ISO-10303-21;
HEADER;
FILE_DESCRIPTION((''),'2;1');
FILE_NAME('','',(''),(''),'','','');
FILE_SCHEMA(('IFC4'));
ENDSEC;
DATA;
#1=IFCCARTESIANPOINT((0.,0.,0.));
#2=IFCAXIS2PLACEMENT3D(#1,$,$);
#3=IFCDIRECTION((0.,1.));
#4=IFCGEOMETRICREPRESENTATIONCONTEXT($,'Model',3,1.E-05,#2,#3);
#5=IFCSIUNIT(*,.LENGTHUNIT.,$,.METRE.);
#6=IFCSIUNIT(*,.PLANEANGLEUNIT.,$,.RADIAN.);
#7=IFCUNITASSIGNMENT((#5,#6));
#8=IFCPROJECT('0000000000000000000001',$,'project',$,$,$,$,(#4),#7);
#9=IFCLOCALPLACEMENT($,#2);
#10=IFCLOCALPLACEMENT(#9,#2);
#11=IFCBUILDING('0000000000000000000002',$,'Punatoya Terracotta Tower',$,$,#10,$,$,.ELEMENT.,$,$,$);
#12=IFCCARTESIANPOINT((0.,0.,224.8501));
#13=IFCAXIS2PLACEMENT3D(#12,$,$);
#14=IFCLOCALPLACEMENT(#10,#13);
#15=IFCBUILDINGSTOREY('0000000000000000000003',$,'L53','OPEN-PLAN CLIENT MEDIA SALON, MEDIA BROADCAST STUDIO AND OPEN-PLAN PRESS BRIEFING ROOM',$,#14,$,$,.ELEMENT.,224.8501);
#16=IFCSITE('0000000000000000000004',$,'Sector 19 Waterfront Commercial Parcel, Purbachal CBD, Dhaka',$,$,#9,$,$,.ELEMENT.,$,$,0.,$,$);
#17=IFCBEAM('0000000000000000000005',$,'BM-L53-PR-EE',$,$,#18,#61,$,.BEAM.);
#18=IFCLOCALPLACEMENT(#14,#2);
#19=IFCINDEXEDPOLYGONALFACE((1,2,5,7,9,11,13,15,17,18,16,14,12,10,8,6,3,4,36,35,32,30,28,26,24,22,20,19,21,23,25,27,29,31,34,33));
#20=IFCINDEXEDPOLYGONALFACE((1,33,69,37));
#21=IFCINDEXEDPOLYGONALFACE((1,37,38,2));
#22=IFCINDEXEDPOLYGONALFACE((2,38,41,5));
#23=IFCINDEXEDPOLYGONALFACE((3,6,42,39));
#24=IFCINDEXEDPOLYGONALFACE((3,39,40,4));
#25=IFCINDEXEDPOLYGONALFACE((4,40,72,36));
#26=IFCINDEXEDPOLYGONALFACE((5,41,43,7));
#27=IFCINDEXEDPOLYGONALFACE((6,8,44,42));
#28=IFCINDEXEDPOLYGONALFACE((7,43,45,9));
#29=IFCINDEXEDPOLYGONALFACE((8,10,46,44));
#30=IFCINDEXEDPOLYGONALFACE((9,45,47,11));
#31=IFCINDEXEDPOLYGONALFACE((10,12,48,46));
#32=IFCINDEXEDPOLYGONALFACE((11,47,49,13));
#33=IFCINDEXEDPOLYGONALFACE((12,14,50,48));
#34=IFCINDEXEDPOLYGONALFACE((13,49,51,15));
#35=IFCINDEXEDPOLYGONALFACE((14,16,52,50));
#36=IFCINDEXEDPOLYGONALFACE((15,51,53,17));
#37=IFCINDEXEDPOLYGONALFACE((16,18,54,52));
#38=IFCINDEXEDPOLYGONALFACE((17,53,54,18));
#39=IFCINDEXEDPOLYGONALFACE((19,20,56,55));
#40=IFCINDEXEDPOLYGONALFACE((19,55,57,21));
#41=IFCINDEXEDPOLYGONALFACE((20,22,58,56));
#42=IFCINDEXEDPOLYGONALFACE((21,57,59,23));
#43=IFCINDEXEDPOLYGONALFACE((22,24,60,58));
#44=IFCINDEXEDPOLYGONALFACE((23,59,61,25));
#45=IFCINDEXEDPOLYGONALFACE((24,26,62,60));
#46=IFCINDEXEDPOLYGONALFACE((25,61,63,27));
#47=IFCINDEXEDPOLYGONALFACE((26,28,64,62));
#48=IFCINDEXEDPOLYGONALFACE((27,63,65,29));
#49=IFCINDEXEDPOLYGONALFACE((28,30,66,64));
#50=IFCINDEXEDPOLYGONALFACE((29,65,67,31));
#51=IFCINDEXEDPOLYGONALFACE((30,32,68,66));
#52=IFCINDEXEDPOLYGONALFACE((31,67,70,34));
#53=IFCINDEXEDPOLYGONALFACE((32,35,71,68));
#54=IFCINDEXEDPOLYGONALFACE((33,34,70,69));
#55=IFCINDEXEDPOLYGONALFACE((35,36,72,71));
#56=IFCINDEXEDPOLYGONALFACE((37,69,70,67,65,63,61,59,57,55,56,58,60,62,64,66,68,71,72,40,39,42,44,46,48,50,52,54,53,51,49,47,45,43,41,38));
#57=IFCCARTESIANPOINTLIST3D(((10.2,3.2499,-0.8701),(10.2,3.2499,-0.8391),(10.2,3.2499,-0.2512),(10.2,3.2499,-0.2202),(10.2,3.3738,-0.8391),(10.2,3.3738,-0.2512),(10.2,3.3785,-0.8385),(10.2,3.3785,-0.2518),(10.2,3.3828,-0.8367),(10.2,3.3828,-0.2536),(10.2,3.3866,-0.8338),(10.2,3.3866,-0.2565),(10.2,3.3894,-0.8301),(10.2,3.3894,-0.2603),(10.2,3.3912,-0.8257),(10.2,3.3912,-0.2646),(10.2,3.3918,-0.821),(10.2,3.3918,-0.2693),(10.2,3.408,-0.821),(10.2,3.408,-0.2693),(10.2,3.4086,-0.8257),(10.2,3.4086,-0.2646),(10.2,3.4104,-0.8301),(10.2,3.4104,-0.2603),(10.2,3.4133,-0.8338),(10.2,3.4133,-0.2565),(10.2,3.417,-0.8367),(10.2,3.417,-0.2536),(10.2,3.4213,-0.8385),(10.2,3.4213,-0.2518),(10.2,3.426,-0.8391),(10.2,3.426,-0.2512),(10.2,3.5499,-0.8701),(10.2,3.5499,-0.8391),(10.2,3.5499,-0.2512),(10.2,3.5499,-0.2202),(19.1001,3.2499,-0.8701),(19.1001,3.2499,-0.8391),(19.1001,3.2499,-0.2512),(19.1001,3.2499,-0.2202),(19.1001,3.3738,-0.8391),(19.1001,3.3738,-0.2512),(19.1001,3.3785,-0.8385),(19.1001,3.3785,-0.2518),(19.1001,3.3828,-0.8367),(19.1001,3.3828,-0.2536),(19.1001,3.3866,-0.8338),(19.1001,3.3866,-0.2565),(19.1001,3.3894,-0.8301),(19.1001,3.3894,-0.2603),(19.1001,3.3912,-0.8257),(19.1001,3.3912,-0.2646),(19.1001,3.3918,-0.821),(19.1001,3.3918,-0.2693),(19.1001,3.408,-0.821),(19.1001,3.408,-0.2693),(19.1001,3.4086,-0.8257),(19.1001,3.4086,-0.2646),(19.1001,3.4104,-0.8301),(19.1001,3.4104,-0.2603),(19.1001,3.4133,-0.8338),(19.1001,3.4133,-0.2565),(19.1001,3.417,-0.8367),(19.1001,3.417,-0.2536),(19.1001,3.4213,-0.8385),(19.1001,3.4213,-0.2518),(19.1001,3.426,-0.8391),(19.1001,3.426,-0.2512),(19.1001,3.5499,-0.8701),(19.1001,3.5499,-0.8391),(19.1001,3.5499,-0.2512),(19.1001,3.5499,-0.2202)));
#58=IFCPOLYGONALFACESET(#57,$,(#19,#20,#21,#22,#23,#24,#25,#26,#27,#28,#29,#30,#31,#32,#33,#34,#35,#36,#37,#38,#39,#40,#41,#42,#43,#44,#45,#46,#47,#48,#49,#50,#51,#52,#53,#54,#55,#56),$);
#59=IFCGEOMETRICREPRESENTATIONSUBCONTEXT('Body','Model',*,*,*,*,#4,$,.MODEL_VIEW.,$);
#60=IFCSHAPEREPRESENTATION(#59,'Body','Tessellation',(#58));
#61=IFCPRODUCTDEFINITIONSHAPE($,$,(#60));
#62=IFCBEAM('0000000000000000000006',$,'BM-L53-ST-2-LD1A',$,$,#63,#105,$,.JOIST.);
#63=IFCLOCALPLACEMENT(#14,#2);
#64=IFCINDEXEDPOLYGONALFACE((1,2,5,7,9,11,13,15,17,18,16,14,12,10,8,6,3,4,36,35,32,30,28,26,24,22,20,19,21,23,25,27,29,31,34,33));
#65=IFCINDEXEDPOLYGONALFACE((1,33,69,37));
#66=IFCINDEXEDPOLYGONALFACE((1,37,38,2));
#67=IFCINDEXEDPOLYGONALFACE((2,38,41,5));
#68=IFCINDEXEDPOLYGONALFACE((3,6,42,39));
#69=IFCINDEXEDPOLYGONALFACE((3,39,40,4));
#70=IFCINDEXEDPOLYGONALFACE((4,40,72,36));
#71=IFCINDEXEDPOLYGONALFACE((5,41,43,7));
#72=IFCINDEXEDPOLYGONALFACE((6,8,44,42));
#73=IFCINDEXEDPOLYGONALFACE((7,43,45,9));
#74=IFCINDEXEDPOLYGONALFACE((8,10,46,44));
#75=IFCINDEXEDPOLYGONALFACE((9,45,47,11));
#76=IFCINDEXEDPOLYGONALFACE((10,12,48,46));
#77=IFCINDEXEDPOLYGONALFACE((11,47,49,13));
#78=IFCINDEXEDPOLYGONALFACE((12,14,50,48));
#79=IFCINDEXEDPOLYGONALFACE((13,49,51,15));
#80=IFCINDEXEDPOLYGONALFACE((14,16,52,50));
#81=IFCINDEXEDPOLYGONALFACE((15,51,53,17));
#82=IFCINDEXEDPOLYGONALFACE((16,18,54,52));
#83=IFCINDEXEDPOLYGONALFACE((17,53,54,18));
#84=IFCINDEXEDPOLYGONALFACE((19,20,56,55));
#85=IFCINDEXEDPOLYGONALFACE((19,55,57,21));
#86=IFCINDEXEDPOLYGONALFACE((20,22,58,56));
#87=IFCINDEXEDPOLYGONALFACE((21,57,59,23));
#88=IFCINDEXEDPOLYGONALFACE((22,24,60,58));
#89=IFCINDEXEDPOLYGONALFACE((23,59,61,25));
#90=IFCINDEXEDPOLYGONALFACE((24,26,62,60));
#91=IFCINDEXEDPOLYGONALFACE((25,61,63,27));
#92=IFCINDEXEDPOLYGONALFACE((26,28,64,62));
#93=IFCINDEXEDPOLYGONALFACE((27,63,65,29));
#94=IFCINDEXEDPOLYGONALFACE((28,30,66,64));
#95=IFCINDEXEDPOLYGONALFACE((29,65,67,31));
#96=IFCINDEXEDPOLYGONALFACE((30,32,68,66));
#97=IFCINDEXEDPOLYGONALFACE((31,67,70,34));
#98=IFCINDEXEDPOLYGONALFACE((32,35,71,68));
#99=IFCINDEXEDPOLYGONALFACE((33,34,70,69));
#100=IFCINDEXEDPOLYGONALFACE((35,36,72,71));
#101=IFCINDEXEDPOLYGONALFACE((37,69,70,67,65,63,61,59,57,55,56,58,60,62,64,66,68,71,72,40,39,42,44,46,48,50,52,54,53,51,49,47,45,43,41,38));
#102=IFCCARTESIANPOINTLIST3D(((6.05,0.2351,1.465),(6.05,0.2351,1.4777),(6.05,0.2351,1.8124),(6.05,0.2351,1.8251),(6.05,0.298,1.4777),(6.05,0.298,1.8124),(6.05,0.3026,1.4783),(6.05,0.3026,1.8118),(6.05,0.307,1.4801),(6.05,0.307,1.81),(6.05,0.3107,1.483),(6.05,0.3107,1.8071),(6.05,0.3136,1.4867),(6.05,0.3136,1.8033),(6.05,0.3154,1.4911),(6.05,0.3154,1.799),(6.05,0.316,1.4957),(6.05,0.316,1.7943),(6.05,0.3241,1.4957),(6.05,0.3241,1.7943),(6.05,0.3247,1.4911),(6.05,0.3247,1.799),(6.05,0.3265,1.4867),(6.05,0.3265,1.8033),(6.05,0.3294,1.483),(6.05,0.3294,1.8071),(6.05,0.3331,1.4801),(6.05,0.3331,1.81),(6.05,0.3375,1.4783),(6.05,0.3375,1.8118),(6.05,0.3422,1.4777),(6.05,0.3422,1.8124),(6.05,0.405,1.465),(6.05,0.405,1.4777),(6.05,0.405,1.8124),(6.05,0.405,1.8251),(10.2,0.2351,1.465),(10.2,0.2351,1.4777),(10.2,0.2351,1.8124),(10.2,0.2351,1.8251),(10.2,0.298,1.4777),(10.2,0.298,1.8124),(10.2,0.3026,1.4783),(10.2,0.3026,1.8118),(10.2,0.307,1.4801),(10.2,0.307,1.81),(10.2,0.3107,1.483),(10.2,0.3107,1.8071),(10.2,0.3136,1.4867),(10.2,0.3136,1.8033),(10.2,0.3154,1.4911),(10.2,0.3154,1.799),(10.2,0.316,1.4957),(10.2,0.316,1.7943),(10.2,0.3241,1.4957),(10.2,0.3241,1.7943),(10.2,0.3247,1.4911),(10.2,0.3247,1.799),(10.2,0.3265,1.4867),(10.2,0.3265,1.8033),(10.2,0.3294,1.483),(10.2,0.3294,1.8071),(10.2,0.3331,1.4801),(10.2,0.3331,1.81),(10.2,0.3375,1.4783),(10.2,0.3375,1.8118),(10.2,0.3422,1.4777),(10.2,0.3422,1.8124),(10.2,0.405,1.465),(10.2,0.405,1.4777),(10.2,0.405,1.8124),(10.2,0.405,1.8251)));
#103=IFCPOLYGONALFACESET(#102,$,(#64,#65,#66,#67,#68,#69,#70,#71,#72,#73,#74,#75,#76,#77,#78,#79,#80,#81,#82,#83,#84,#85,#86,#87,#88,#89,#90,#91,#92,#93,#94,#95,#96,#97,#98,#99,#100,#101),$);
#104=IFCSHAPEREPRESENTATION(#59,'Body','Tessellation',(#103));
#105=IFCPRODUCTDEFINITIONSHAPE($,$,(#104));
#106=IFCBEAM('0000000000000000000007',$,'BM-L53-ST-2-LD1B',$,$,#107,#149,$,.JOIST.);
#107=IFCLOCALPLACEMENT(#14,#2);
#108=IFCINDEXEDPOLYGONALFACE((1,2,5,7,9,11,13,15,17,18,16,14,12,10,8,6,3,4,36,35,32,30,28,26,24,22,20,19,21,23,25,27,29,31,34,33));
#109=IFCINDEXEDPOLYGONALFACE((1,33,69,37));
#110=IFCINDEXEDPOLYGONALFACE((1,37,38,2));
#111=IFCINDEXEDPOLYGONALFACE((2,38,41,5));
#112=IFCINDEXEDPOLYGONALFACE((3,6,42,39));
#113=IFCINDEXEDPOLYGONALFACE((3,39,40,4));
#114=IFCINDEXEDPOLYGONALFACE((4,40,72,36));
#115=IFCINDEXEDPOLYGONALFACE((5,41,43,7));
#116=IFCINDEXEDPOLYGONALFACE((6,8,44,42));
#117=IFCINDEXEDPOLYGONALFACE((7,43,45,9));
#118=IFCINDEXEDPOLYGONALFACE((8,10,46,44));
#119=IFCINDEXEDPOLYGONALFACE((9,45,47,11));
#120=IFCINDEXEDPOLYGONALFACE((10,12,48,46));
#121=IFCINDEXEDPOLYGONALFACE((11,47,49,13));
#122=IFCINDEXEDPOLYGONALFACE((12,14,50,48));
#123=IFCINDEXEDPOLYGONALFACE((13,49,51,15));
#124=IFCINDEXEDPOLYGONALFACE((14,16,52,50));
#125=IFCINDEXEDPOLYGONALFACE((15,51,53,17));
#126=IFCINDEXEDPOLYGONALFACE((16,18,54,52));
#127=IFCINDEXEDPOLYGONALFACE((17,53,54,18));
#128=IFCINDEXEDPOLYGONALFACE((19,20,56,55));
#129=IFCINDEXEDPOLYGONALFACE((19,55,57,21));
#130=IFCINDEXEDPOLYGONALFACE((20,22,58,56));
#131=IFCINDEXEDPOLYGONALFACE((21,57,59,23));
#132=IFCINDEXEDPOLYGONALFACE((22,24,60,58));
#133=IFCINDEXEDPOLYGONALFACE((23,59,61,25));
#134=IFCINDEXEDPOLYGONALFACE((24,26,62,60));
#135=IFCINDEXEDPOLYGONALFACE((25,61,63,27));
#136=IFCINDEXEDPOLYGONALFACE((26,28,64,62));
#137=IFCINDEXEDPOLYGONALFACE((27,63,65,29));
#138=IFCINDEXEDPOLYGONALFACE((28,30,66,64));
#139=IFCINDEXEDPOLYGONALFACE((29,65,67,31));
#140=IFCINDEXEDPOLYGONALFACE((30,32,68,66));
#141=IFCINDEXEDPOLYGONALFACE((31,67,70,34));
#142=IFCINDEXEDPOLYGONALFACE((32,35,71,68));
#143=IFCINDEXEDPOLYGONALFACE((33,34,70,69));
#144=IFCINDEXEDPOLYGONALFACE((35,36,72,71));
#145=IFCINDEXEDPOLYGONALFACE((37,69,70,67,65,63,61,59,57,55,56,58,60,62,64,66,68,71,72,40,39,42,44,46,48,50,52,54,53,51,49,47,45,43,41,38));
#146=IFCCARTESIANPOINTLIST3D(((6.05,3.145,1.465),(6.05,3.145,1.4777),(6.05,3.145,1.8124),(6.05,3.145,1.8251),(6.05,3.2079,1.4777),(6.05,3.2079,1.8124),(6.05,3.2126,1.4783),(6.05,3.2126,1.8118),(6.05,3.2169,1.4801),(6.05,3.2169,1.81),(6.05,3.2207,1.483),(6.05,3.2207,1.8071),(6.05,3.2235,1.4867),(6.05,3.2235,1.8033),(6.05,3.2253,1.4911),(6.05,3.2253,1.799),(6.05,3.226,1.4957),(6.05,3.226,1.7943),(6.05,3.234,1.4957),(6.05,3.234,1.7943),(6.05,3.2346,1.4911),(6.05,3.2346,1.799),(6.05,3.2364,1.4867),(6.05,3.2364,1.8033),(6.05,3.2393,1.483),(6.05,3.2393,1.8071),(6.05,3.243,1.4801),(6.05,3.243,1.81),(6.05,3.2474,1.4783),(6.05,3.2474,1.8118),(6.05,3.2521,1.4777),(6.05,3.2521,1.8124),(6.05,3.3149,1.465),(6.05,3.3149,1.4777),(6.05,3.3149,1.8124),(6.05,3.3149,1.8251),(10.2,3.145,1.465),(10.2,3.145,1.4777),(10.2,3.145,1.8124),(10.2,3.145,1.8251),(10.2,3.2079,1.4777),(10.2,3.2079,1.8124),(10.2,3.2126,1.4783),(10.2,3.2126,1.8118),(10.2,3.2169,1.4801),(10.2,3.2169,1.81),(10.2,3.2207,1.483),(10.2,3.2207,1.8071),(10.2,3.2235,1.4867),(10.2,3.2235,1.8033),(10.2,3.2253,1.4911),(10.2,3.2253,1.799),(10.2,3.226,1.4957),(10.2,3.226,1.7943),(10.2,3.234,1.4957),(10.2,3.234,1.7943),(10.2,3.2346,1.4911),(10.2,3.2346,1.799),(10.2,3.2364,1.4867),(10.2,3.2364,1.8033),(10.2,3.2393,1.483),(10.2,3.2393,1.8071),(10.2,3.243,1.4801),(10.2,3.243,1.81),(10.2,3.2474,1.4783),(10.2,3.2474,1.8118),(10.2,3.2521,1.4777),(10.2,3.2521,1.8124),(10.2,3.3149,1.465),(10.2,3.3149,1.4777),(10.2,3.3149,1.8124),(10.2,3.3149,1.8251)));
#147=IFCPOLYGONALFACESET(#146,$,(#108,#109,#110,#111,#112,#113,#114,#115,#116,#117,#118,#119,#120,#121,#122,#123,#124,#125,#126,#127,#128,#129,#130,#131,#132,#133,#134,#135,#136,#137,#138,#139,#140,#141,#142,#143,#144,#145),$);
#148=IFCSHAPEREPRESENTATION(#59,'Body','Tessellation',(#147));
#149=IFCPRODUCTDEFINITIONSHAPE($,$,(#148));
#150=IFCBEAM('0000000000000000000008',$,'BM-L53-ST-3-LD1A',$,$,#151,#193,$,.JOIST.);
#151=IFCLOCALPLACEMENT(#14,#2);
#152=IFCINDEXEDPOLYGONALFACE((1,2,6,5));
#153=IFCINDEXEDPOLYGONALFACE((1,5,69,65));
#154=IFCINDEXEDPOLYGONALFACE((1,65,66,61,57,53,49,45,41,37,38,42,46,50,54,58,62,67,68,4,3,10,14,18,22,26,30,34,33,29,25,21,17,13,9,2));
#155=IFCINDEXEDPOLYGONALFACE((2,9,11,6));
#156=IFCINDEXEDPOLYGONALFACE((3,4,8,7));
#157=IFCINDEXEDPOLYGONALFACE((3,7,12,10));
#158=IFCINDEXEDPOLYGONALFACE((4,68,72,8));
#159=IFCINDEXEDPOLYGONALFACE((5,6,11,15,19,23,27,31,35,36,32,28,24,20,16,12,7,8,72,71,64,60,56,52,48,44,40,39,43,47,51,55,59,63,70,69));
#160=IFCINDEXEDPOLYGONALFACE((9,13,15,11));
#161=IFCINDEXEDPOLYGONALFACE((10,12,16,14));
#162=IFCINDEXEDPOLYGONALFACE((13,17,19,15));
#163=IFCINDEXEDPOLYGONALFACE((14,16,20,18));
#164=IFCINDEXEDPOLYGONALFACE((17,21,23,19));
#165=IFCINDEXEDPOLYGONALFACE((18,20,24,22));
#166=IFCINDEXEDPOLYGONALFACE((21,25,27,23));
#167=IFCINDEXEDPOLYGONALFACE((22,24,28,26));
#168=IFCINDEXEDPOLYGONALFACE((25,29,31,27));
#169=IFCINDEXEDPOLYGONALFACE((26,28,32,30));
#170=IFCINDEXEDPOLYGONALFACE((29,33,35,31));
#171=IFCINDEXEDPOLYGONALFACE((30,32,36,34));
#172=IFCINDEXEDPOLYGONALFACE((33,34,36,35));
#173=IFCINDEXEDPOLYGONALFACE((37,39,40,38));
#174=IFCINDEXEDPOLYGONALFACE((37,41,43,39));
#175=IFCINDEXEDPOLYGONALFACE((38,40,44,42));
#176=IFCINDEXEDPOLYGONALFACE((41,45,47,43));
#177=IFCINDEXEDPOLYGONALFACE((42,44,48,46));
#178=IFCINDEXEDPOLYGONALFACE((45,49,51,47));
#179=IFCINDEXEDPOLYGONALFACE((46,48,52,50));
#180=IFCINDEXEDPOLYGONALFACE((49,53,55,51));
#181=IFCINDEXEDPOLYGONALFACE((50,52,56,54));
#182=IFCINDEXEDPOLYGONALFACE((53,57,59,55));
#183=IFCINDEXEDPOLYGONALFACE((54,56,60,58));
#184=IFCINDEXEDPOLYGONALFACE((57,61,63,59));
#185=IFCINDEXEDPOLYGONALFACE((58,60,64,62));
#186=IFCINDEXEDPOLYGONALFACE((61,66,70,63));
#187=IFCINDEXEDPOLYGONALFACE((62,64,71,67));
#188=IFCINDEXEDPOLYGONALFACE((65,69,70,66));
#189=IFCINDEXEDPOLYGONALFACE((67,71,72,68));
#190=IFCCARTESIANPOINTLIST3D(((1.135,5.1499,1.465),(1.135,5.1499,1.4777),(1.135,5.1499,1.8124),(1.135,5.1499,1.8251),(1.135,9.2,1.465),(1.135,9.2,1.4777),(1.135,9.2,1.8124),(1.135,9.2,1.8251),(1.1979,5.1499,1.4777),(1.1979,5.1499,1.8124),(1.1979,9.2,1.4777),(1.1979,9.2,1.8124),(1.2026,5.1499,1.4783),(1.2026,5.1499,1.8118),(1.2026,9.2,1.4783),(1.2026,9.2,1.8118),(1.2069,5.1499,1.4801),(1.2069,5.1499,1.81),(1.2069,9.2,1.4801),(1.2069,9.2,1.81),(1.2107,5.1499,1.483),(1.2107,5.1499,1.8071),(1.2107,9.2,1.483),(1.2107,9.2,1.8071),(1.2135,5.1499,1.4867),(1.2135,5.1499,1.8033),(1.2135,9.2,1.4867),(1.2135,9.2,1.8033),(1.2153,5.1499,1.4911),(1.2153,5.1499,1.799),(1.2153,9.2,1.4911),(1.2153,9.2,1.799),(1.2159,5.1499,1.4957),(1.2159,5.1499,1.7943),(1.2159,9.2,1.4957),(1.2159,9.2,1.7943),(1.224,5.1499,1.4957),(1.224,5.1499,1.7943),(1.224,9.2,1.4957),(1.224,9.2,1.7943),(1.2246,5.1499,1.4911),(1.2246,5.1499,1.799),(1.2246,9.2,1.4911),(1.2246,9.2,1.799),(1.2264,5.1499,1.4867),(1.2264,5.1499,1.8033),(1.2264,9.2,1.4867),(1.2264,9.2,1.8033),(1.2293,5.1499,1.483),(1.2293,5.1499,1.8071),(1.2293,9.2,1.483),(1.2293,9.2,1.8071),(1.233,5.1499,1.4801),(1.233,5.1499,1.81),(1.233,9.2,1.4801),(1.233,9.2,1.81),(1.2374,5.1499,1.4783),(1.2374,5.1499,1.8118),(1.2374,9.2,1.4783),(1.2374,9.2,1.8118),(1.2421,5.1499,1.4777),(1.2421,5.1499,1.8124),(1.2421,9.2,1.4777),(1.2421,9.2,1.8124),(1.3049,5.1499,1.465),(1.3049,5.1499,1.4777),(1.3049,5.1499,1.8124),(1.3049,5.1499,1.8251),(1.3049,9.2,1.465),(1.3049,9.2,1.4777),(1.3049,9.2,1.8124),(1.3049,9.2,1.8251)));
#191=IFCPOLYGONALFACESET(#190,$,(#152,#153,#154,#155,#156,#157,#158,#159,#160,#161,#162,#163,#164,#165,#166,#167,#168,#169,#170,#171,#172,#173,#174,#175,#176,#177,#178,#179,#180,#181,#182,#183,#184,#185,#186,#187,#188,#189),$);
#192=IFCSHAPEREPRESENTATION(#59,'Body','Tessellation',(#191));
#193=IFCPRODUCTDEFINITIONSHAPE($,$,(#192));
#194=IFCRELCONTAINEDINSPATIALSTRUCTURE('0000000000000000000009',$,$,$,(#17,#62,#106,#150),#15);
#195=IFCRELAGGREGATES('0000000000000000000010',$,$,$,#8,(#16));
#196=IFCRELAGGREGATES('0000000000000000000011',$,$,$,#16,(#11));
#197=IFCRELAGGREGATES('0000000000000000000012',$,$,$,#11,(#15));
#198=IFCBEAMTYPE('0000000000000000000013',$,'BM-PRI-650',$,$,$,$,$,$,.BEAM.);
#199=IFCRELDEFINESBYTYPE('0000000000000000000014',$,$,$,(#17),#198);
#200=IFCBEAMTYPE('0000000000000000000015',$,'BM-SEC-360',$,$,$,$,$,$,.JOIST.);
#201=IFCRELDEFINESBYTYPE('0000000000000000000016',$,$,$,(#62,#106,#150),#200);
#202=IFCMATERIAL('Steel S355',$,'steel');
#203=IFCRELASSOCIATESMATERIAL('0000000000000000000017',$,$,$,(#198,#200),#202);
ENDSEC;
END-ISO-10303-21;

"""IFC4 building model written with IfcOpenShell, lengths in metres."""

from ifc_helpers import new_model, si_unit, direction, frame, origin, origin_2d, place, context, subcontext, project, spatial, i_section, extrude, material, material_profile, profile_set, type_object, element, save


model = new_model("IFC4")

# Units and contexts
model_context = context("Model", 3, precision=1e-05, world=origin(), true_north=direction((0.0, 1.0)))
body_context = subcontext(model_context, "Body", "Model", "MODEL_VIEW")
ifc_project = project(units=[si_unit("LENGTHUNIT", "METRE"), si_unit("PLANEANGLEUNIT", "RADIAN")], contexts=[model_context])

# Site, building, storey
site_placement = place(None, origin())
site = spatial("IfcSite", under=ifc_project, at=site_placement, Name="Sector 19 Waterfront Commercial Parcel, Purbachal CBD, Dhaka", CompositionType="ELEMENT", RefElevation=0.0)
building_placement = place(site_placement, origin())
building = spatial("IfcBuilding", under=site, at=building_placement, Name="Punatoya Terracotta Tower", CompositionType="ELEMENT")
storey_placement = place(building_placement, frame((0.0, 0.0, 224.8501)))
storey = spatial("IfcBuildingStorey", under=building, at=storey_placement, Name="L53", Description="OPEN-PLAN CLIENT MEDIA SALON, MEDIA BROADCAST STUDIO AND OPEN-PLAN PRESS BRIEFING ROOM", CompositionType="ELEMENT", Elevation=224.8501)

# Beams
ifc_material_1 = material(Name="Steel S355", Category="steel")
ifc_material_profile_1 = material_profile(ifc_material_1, i_section(OverallWidth=0.3, OverallDepth=0.6499, WebThickness=0.0161, FlangeThickness=0.031, FilletRadius=0.0181, at=origin_2d()))
ifc_profile_set_1 = profile_set([ifc_material_profile_1], Name="Steel S355")
beam_type_1 = type_object("IfcBeamType", Name="BM-PRI-650", PredefinedType="BEAM", material=ifc_profile_set_1)
beam_placement = place(storey_placement, frame((10.2, 3.3999, -0.5452), z_axis=(1.0, 0.0, 0.0), x_axis=(0.0, 1.0, 0.0)))
element("IfcBeam", 1, at=beam_placement, inside=storey, type_object=beam_type_1, Name="BM-L53-PR-EE", PredefinedType="BEAM", context=body_context, shape_type="SweptSolid", body=[
    extrude(i_section(OverallWidth=0.3, OverallDepth=0.6499, WebThickness=0.0161, FlangeThickness=0.031, FilletRadius=0.0181, at=origin_2d()), origin(), (0.0, 0.0, 1.0), 8.9001),
])
ifc_material_profile_2 = material_profile(ifc_material_1, i_section(OverallWidth=0.1699, OverallDepth=0.3601, WebThickness=0.0081, FlangeThickness=0.0127, FilletRadius=0.0181, at=origin_2d()))
ifc_profile_set_2 = profile_set([ifc_material_profile_2], Name="Steel S355")
beam_type_2 = type_object("IfcBeamType", Name="BM-SEC-360", PredefinedType="JOIST", material=ifc_profile_set_2)
for number, where, z_axis, x_axis, name in (
    (2, (6.05, 0.3201, 1.645), (1.0, 0.0, 0.0), (0.0, 1.0, 0.0), "BM-L53-ST-2-LD1A"),
    (3, (6.05, 3.23, 1.645), (1.0, 0.0, 0.0), (0.0, 1.0, 0.0), "BM-L53-ST-2-LD1B"),
):
    element("IfcBeam", number, at=place(storey_placement, frame(where, z_axis=z_axis, x_axis=x_axis)), inside=storey, type_object=beam_type_2, Name=name, PredefinedType="JOIST", context=body_context, shape_type="SweptSolid", body=[
        extrude(i_section(OverallWidth=0.1699, OverallDepth=0.3601, WebThickness=0.0081, FlangeThickness=0.0127, FilletRadius=0.0181, at=origin_2d()), origin(), (0.0, 0.0, 1.0), 4.1499),
    ])
for number, where, z_axis, x_axis, name in (
    (4, (1.22, 5.1499, 1.645), (0.0, 1.0, 0.0), (-1.0, 0.0, 0.0), "BM-L53-ST-3-LD1A"),
):
    element("IfcBeam", number, at=place(storey_placement, frame(where, z_axis=z_axis, x_axis=x_axis)), inside=storey, type_object=beam_type_2, Name=name, PredefinedType="JOIST", context=body_context, shape_type="SweptSolid", body=[
        extrude(i_section(OverallWidth=0.1699, OverallDepth=0.3601, WebThickness=0.0081, FlangeThickness=0.0127, FilletRadius=0.0181, at=origin_2d()), origin(), (0.0, 0.0, 1.0), 4.05),
    ])

save(model, "model.ifc")
